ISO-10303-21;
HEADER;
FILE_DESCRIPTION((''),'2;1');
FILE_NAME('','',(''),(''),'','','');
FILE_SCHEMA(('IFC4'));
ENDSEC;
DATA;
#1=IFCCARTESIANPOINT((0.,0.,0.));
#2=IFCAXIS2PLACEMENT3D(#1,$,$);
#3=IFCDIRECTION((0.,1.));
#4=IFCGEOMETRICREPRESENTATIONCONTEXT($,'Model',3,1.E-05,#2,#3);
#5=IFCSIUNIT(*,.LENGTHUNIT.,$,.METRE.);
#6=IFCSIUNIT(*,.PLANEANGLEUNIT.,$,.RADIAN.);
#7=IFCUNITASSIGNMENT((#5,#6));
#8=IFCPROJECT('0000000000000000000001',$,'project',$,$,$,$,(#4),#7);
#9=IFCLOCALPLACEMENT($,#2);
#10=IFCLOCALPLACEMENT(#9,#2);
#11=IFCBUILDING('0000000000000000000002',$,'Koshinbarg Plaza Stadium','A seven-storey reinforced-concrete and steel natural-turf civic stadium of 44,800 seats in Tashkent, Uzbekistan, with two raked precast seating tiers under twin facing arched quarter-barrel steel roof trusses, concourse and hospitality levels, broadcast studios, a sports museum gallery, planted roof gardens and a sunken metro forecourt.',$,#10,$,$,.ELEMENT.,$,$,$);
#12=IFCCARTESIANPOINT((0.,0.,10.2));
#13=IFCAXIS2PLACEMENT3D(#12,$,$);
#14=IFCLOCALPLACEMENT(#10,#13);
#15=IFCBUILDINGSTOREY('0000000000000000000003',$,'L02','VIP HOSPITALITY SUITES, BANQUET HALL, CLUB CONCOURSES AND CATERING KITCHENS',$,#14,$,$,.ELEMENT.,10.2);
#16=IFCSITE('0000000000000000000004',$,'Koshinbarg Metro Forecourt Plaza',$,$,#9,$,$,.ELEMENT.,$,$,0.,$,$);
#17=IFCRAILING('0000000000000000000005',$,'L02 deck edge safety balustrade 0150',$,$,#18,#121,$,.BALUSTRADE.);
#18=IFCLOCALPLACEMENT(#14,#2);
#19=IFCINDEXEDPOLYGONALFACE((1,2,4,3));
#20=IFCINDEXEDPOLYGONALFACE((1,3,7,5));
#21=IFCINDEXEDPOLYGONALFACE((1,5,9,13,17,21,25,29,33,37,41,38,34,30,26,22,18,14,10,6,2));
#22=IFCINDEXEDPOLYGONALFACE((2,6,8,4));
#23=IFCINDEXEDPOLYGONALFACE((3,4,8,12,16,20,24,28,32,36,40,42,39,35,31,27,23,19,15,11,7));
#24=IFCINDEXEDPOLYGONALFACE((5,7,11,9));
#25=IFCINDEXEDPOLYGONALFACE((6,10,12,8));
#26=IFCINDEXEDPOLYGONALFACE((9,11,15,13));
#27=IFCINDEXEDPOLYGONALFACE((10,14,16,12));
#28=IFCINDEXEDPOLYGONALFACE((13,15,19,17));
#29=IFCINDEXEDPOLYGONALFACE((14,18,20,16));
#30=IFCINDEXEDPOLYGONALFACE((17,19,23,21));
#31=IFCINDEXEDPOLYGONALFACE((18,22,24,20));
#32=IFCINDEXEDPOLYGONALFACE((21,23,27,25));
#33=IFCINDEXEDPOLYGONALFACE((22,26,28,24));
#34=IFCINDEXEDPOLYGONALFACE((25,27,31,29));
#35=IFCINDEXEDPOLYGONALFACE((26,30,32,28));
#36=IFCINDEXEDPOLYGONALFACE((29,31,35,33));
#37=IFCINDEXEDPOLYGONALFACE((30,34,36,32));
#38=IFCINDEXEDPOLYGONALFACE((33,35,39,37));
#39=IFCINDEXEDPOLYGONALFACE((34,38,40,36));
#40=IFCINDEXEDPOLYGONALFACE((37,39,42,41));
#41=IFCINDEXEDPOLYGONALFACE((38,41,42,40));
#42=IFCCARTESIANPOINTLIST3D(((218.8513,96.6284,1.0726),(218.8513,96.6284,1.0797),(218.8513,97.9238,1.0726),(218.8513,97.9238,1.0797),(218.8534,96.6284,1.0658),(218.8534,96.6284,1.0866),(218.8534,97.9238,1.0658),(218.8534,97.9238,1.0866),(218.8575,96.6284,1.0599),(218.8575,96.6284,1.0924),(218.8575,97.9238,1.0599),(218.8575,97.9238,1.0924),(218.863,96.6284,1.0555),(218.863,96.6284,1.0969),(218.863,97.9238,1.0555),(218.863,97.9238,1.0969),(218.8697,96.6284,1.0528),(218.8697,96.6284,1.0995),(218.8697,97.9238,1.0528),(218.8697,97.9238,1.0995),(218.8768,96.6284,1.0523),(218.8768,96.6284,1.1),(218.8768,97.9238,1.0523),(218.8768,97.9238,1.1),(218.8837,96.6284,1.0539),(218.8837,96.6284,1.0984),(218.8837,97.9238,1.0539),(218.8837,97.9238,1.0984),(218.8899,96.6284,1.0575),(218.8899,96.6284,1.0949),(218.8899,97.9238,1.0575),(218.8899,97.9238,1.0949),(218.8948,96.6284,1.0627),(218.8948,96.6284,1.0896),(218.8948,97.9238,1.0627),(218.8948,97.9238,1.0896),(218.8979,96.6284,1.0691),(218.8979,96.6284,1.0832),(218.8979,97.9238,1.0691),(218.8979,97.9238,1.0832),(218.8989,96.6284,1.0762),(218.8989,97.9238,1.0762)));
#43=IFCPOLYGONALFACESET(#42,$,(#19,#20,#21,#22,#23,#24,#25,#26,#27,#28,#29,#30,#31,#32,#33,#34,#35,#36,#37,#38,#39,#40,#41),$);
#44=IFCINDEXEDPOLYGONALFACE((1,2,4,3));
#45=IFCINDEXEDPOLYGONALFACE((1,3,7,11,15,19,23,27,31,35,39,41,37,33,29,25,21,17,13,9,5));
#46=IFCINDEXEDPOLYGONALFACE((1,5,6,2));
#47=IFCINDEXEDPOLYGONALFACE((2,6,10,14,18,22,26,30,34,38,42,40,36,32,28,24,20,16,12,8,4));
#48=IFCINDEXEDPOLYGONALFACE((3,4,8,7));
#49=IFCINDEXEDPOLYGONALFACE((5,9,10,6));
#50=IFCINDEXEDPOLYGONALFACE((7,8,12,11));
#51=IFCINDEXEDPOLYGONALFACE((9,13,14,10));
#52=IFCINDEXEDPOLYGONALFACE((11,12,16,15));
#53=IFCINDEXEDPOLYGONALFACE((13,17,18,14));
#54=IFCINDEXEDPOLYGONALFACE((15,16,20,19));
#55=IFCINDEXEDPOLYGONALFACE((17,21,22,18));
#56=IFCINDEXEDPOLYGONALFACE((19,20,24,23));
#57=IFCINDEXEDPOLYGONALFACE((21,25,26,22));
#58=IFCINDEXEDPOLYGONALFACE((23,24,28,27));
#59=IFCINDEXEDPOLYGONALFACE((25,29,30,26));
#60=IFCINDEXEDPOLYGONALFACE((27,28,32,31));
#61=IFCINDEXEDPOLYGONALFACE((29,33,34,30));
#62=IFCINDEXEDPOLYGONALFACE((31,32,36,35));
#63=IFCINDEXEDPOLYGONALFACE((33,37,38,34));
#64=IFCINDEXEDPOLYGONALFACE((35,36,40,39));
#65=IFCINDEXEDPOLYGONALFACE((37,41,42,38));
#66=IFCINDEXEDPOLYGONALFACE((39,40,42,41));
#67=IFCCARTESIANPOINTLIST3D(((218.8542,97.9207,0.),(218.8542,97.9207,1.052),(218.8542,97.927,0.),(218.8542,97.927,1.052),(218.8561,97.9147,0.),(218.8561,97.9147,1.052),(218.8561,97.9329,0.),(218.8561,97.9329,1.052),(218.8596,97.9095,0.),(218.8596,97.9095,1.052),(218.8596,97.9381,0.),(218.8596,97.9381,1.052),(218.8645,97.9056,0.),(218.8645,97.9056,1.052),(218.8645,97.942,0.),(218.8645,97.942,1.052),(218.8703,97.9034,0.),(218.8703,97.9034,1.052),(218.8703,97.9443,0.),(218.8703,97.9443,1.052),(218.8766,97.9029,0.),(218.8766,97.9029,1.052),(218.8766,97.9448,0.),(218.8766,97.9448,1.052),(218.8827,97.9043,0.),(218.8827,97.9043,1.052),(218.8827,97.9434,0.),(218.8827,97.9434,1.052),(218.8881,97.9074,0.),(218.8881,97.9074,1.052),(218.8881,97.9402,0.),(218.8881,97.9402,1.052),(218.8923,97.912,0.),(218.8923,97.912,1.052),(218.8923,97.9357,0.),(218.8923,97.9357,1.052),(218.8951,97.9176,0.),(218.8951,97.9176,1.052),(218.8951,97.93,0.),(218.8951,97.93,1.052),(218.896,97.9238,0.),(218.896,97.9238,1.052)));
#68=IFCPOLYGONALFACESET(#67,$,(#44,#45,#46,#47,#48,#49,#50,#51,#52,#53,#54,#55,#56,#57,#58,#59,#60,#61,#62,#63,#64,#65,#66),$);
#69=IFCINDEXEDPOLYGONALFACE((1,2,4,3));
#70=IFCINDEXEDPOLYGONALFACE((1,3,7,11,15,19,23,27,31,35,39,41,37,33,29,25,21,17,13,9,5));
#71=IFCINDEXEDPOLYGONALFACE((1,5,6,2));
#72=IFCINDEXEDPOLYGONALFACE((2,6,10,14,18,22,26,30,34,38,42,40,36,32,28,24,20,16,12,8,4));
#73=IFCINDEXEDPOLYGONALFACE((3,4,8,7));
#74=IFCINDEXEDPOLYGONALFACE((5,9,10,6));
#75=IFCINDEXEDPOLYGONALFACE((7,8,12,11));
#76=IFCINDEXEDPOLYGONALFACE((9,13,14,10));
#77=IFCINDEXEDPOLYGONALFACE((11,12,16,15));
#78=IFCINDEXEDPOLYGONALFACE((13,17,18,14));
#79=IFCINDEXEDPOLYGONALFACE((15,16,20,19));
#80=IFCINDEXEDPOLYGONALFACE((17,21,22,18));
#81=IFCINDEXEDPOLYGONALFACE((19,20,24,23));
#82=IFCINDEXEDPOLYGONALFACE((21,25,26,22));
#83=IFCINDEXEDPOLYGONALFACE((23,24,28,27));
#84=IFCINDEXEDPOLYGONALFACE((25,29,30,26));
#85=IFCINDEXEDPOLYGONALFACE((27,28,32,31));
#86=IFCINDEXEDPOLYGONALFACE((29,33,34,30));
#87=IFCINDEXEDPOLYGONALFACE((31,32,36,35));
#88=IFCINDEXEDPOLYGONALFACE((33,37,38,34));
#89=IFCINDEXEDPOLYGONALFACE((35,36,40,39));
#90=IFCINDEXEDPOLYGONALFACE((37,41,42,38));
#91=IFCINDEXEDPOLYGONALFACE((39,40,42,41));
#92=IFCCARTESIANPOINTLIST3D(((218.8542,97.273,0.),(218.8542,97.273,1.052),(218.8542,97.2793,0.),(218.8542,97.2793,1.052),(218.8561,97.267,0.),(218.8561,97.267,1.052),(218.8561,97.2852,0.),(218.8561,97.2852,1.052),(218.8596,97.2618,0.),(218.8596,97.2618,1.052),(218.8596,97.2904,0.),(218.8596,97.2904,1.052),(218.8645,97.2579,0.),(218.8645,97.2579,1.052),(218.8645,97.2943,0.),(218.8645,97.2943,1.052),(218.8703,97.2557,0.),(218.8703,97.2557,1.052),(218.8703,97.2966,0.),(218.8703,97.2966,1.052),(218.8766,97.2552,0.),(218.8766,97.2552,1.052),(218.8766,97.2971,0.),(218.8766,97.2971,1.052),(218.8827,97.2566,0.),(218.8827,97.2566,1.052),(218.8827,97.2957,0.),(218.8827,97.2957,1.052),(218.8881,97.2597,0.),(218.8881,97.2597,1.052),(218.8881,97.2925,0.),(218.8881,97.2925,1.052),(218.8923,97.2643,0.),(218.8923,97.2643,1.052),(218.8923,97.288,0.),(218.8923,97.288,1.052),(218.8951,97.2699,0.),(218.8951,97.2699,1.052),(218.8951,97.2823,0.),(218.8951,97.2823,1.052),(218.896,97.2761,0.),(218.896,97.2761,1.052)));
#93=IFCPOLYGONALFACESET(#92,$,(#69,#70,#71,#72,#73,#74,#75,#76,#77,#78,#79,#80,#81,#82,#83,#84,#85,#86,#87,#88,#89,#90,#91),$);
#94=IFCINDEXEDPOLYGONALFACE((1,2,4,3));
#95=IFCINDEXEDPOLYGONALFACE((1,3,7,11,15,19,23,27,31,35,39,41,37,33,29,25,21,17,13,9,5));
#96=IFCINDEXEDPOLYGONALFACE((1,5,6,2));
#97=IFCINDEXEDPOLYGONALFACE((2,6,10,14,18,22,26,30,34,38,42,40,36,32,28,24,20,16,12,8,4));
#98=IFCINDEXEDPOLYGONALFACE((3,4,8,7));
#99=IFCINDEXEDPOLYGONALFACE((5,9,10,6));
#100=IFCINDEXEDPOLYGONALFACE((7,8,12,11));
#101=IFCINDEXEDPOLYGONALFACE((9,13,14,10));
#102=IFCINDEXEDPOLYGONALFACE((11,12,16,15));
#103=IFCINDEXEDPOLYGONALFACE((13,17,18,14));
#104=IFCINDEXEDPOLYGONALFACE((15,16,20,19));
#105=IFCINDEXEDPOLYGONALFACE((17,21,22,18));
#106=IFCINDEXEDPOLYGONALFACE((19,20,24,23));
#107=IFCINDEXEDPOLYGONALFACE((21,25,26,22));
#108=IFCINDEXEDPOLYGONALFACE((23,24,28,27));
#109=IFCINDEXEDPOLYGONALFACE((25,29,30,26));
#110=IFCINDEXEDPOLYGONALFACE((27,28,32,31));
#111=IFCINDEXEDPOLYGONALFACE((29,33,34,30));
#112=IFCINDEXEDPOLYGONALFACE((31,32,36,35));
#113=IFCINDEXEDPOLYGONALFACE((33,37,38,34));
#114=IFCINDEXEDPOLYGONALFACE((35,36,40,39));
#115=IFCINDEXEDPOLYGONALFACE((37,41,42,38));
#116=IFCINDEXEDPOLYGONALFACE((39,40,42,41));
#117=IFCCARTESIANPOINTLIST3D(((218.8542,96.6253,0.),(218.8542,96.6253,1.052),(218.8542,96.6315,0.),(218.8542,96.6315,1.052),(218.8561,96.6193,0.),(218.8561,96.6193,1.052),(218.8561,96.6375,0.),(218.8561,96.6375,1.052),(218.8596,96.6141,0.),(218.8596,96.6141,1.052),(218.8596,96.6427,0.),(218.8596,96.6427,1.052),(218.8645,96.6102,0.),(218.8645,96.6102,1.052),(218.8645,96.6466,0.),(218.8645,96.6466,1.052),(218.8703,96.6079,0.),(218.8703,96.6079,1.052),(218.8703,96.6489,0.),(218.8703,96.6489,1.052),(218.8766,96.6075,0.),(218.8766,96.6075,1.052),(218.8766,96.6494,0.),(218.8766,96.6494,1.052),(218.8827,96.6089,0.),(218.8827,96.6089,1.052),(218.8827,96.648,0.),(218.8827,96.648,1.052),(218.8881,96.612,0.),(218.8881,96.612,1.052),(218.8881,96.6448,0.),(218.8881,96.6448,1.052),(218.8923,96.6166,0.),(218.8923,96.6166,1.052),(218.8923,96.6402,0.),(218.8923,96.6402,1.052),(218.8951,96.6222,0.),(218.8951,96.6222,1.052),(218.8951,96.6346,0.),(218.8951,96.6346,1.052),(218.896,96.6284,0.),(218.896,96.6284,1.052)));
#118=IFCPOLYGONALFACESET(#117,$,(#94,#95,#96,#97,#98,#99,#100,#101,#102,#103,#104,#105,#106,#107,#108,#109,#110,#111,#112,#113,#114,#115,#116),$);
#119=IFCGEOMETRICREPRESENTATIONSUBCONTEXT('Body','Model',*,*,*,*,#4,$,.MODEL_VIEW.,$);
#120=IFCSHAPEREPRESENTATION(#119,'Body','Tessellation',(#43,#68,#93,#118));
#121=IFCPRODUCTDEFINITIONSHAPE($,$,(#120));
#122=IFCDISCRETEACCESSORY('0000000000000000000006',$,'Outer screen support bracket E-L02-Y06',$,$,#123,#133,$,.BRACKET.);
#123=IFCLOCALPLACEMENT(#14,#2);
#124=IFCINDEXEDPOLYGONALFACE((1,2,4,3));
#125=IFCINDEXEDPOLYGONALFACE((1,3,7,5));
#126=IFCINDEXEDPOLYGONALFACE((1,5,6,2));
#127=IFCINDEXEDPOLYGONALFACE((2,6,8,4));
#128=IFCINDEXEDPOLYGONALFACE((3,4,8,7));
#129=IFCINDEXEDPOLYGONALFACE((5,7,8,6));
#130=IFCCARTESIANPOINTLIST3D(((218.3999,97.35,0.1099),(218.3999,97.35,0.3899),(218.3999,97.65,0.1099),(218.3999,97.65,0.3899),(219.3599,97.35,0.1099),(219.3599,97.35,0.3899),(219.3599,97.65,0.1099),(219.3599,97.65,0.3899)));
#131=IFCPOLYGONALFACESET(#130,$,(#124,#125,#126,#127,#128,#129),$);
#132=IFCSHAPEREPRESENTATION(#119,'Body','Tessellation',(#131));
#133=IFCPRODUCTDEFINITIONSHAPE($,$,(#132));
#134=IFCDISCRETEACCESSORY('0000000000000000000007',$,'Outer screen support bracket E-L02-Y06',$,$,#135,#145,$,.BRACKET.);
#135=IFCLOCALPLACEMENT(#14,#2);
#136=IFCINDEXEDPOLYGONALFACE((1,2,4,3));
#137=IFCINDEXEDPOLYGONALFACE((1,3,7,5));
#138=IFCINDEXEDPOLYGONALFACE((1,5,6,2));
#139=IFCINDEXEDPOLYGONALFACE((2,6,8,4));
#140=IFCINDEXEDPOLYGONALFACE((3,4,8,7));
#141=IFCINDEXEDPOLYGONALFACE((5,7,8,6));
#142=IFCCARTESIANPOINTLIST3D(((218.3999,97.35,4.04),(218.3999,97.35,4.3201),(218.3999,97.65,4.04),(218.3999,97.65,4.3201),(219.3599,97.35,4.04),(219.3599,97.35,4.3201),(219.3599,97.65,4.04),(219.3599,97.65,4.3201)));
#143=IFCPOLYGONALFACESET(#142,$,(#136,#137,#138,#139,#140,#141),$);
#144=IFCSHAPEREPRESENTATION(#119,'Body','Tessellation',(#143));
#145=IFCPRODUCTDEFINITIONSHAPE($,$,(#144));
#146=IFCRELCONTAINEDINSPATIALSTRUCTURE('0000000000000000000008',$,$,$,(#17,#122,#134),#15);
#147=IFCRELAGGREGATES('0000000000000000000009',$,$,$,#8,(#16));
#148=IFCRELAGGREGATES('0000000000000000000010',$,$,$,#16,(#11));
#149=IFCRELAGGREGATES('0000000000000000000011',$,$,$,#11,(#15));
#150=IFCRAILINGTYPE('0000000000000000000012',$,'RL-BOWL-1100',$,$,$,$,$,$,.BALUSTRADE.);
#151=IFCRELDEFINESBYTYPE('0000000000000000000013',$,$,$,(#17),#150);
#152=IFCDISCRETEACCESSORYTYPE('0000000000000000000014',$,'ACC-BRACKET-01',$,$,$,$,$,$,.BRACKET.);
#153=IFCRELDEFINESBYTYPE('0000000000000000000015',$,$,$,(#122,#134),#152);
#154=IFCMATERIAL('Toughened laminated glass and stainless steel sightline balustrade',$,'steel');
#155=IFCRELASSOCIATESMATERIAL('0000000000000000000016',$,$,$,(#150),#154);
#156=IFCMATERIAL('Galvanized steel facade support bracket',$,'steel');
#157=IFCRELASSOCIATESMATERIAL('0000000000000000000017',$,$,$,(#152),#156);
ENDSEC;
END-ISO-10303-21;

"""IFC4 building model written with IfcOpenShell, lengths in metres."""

from ifc_helpers import new_model, si_unit, direction, frame, origin, origin_2d, place, context, subcontext, project, spatial, rectangle, circle, extrude, material, type_object, element, save


model = new_model("IFC4")

# Units and contexts
model_context = context("Model", 3, precision=1e-05, world=origin(), true_north=direction((0.0, 1.0)))
body_context = subcontext(model_context, "Body", "Model", "MODEL_VIEW")
ifc_project = project(units=[si_unit("LENGTHUNIT", "METRE"), si_unit("PLANEANGLEUNIT", "RADIAN")], contexts=[model_context])

# Site, building, storey
site_placement = place(None, origin())
site = spatial("IfcSite", under=ifc_project, at=site_placement, Name="Koshinbarg Metro Forecourt Plaza", CompositionType="ELEMENT", RefElevation=0.0)
building_placement = place(site_placement, origin())
building = spatial("IfcBuilding", under=site, at=building_placement, Name="Koshinbarg Plaza Stadium", Description="A seven-storey reinforced-concrete and steel natural-turf civic stadium of 44,800 seats in Tashkent, Uzbekistan, with two raked precast seating tiers under twin facing arched quarter-barrel steel roof trusses, concourse and hospitality levels, broadcast studios, a sports museum gallery, planted roof gardens and a sunken metro forecourt.", CompositionType="ELEMENT")
storey_placement = place(building_placement, frame((0.0, 0.0, 10.2)))
storey = spatial("IfcBuildingStorey", under=building, at=storey_placement, Name="L02", Description="VIP HOSPITALITY SUITES, BANQUET HALL, CLUB CONCOURSES AND CATERING KITCHENS", CompositionType="ELEMENT", Elevation=10.2)

# Railing
ifc_material_1 = material(Name="Toughened laminated glass and stainless steel sightline balustrade", Category="steel")
railing_type = type_object("IfcRailingType", Name="RL-BOWL-1100", PredefinedType="BALUSTRADE", material=ifc_material_1)
railing_1_placement = place(storey_placement, frame((218.875, 97.9238, 0.0)))
element("IfcRailing", 1, at=railing_1_placement, inside=storey, type_object=railing_type, Name="L02 deck edge safety balustrade 0150", PredefinedType="BALUSTRADE", context=body_context, shape_type="SweptSolid", body=[
    extrude(circle(Radius=0.0239, at=origin_2d()), frame((0.0, 0.0, 1.0762), z_axis=(0.0, -1.0, 0.0), x_axis=(1.0, 0.0, 0.0)), (0.0, 0.0, 1.0), 1.2954),
    extrude(circle(Radius=0.021, at=origin_2d()), origin(), (0.0, 0.0, 1.0), 1.052),
    extrude(circle(Radius=0.021, at=origin_2d()), frame((0.0, -0.6477, 0.0)), (0.0, 0.0, 1.0), 1.052),
    extrude(circle(Radius=0.021, at=origin_2d()), frame((0.0, -1.2954, 0.0)), (0.0, 0.0, 1.0), 1.052),
])

# Discrete accessories
ifc_material_2 = material(Name="Galvanized steel facade support bracket", Category="steel")
discrete_accessory_type = type_object("IfcDiscreteAccessoryType", Name="ACC-BRACKET-01", PredefinedType="BRACKET", material=ifc_material_2)
for number, where, z_axis, x_axis, name in (
    (2, (218.8799, 97.5, 0.1099), (0.0, 0.0, 1.0), (1.0, 0.0, 0.0), "Outer screen support bracket E-L02-Y06"),
    (3, (218.8799, 97.5, 4.04), (0.0, 0.0, 1.0), (1.0, 0.0, 0.0), "Outer screen support bracket E-L02-Y06"),
):
    element("IfcDiscreteAccessory", number, at=place(storey_placement, frame(where, z_axis=z_axis, x_axis=x_axis)), inside=storey, type_object=discrete_accessory_type, Name=name, PredefinedType="BRACKET", context=body_context, shape_type="SweptSolid", body=[
        extrude(rectangle(XDim=0.96, YDim=0.3, at=origin_2d()), origin(), (0.0, 0.0, 1.0), 0.28),
    ])

save(model, "model.ifc")
